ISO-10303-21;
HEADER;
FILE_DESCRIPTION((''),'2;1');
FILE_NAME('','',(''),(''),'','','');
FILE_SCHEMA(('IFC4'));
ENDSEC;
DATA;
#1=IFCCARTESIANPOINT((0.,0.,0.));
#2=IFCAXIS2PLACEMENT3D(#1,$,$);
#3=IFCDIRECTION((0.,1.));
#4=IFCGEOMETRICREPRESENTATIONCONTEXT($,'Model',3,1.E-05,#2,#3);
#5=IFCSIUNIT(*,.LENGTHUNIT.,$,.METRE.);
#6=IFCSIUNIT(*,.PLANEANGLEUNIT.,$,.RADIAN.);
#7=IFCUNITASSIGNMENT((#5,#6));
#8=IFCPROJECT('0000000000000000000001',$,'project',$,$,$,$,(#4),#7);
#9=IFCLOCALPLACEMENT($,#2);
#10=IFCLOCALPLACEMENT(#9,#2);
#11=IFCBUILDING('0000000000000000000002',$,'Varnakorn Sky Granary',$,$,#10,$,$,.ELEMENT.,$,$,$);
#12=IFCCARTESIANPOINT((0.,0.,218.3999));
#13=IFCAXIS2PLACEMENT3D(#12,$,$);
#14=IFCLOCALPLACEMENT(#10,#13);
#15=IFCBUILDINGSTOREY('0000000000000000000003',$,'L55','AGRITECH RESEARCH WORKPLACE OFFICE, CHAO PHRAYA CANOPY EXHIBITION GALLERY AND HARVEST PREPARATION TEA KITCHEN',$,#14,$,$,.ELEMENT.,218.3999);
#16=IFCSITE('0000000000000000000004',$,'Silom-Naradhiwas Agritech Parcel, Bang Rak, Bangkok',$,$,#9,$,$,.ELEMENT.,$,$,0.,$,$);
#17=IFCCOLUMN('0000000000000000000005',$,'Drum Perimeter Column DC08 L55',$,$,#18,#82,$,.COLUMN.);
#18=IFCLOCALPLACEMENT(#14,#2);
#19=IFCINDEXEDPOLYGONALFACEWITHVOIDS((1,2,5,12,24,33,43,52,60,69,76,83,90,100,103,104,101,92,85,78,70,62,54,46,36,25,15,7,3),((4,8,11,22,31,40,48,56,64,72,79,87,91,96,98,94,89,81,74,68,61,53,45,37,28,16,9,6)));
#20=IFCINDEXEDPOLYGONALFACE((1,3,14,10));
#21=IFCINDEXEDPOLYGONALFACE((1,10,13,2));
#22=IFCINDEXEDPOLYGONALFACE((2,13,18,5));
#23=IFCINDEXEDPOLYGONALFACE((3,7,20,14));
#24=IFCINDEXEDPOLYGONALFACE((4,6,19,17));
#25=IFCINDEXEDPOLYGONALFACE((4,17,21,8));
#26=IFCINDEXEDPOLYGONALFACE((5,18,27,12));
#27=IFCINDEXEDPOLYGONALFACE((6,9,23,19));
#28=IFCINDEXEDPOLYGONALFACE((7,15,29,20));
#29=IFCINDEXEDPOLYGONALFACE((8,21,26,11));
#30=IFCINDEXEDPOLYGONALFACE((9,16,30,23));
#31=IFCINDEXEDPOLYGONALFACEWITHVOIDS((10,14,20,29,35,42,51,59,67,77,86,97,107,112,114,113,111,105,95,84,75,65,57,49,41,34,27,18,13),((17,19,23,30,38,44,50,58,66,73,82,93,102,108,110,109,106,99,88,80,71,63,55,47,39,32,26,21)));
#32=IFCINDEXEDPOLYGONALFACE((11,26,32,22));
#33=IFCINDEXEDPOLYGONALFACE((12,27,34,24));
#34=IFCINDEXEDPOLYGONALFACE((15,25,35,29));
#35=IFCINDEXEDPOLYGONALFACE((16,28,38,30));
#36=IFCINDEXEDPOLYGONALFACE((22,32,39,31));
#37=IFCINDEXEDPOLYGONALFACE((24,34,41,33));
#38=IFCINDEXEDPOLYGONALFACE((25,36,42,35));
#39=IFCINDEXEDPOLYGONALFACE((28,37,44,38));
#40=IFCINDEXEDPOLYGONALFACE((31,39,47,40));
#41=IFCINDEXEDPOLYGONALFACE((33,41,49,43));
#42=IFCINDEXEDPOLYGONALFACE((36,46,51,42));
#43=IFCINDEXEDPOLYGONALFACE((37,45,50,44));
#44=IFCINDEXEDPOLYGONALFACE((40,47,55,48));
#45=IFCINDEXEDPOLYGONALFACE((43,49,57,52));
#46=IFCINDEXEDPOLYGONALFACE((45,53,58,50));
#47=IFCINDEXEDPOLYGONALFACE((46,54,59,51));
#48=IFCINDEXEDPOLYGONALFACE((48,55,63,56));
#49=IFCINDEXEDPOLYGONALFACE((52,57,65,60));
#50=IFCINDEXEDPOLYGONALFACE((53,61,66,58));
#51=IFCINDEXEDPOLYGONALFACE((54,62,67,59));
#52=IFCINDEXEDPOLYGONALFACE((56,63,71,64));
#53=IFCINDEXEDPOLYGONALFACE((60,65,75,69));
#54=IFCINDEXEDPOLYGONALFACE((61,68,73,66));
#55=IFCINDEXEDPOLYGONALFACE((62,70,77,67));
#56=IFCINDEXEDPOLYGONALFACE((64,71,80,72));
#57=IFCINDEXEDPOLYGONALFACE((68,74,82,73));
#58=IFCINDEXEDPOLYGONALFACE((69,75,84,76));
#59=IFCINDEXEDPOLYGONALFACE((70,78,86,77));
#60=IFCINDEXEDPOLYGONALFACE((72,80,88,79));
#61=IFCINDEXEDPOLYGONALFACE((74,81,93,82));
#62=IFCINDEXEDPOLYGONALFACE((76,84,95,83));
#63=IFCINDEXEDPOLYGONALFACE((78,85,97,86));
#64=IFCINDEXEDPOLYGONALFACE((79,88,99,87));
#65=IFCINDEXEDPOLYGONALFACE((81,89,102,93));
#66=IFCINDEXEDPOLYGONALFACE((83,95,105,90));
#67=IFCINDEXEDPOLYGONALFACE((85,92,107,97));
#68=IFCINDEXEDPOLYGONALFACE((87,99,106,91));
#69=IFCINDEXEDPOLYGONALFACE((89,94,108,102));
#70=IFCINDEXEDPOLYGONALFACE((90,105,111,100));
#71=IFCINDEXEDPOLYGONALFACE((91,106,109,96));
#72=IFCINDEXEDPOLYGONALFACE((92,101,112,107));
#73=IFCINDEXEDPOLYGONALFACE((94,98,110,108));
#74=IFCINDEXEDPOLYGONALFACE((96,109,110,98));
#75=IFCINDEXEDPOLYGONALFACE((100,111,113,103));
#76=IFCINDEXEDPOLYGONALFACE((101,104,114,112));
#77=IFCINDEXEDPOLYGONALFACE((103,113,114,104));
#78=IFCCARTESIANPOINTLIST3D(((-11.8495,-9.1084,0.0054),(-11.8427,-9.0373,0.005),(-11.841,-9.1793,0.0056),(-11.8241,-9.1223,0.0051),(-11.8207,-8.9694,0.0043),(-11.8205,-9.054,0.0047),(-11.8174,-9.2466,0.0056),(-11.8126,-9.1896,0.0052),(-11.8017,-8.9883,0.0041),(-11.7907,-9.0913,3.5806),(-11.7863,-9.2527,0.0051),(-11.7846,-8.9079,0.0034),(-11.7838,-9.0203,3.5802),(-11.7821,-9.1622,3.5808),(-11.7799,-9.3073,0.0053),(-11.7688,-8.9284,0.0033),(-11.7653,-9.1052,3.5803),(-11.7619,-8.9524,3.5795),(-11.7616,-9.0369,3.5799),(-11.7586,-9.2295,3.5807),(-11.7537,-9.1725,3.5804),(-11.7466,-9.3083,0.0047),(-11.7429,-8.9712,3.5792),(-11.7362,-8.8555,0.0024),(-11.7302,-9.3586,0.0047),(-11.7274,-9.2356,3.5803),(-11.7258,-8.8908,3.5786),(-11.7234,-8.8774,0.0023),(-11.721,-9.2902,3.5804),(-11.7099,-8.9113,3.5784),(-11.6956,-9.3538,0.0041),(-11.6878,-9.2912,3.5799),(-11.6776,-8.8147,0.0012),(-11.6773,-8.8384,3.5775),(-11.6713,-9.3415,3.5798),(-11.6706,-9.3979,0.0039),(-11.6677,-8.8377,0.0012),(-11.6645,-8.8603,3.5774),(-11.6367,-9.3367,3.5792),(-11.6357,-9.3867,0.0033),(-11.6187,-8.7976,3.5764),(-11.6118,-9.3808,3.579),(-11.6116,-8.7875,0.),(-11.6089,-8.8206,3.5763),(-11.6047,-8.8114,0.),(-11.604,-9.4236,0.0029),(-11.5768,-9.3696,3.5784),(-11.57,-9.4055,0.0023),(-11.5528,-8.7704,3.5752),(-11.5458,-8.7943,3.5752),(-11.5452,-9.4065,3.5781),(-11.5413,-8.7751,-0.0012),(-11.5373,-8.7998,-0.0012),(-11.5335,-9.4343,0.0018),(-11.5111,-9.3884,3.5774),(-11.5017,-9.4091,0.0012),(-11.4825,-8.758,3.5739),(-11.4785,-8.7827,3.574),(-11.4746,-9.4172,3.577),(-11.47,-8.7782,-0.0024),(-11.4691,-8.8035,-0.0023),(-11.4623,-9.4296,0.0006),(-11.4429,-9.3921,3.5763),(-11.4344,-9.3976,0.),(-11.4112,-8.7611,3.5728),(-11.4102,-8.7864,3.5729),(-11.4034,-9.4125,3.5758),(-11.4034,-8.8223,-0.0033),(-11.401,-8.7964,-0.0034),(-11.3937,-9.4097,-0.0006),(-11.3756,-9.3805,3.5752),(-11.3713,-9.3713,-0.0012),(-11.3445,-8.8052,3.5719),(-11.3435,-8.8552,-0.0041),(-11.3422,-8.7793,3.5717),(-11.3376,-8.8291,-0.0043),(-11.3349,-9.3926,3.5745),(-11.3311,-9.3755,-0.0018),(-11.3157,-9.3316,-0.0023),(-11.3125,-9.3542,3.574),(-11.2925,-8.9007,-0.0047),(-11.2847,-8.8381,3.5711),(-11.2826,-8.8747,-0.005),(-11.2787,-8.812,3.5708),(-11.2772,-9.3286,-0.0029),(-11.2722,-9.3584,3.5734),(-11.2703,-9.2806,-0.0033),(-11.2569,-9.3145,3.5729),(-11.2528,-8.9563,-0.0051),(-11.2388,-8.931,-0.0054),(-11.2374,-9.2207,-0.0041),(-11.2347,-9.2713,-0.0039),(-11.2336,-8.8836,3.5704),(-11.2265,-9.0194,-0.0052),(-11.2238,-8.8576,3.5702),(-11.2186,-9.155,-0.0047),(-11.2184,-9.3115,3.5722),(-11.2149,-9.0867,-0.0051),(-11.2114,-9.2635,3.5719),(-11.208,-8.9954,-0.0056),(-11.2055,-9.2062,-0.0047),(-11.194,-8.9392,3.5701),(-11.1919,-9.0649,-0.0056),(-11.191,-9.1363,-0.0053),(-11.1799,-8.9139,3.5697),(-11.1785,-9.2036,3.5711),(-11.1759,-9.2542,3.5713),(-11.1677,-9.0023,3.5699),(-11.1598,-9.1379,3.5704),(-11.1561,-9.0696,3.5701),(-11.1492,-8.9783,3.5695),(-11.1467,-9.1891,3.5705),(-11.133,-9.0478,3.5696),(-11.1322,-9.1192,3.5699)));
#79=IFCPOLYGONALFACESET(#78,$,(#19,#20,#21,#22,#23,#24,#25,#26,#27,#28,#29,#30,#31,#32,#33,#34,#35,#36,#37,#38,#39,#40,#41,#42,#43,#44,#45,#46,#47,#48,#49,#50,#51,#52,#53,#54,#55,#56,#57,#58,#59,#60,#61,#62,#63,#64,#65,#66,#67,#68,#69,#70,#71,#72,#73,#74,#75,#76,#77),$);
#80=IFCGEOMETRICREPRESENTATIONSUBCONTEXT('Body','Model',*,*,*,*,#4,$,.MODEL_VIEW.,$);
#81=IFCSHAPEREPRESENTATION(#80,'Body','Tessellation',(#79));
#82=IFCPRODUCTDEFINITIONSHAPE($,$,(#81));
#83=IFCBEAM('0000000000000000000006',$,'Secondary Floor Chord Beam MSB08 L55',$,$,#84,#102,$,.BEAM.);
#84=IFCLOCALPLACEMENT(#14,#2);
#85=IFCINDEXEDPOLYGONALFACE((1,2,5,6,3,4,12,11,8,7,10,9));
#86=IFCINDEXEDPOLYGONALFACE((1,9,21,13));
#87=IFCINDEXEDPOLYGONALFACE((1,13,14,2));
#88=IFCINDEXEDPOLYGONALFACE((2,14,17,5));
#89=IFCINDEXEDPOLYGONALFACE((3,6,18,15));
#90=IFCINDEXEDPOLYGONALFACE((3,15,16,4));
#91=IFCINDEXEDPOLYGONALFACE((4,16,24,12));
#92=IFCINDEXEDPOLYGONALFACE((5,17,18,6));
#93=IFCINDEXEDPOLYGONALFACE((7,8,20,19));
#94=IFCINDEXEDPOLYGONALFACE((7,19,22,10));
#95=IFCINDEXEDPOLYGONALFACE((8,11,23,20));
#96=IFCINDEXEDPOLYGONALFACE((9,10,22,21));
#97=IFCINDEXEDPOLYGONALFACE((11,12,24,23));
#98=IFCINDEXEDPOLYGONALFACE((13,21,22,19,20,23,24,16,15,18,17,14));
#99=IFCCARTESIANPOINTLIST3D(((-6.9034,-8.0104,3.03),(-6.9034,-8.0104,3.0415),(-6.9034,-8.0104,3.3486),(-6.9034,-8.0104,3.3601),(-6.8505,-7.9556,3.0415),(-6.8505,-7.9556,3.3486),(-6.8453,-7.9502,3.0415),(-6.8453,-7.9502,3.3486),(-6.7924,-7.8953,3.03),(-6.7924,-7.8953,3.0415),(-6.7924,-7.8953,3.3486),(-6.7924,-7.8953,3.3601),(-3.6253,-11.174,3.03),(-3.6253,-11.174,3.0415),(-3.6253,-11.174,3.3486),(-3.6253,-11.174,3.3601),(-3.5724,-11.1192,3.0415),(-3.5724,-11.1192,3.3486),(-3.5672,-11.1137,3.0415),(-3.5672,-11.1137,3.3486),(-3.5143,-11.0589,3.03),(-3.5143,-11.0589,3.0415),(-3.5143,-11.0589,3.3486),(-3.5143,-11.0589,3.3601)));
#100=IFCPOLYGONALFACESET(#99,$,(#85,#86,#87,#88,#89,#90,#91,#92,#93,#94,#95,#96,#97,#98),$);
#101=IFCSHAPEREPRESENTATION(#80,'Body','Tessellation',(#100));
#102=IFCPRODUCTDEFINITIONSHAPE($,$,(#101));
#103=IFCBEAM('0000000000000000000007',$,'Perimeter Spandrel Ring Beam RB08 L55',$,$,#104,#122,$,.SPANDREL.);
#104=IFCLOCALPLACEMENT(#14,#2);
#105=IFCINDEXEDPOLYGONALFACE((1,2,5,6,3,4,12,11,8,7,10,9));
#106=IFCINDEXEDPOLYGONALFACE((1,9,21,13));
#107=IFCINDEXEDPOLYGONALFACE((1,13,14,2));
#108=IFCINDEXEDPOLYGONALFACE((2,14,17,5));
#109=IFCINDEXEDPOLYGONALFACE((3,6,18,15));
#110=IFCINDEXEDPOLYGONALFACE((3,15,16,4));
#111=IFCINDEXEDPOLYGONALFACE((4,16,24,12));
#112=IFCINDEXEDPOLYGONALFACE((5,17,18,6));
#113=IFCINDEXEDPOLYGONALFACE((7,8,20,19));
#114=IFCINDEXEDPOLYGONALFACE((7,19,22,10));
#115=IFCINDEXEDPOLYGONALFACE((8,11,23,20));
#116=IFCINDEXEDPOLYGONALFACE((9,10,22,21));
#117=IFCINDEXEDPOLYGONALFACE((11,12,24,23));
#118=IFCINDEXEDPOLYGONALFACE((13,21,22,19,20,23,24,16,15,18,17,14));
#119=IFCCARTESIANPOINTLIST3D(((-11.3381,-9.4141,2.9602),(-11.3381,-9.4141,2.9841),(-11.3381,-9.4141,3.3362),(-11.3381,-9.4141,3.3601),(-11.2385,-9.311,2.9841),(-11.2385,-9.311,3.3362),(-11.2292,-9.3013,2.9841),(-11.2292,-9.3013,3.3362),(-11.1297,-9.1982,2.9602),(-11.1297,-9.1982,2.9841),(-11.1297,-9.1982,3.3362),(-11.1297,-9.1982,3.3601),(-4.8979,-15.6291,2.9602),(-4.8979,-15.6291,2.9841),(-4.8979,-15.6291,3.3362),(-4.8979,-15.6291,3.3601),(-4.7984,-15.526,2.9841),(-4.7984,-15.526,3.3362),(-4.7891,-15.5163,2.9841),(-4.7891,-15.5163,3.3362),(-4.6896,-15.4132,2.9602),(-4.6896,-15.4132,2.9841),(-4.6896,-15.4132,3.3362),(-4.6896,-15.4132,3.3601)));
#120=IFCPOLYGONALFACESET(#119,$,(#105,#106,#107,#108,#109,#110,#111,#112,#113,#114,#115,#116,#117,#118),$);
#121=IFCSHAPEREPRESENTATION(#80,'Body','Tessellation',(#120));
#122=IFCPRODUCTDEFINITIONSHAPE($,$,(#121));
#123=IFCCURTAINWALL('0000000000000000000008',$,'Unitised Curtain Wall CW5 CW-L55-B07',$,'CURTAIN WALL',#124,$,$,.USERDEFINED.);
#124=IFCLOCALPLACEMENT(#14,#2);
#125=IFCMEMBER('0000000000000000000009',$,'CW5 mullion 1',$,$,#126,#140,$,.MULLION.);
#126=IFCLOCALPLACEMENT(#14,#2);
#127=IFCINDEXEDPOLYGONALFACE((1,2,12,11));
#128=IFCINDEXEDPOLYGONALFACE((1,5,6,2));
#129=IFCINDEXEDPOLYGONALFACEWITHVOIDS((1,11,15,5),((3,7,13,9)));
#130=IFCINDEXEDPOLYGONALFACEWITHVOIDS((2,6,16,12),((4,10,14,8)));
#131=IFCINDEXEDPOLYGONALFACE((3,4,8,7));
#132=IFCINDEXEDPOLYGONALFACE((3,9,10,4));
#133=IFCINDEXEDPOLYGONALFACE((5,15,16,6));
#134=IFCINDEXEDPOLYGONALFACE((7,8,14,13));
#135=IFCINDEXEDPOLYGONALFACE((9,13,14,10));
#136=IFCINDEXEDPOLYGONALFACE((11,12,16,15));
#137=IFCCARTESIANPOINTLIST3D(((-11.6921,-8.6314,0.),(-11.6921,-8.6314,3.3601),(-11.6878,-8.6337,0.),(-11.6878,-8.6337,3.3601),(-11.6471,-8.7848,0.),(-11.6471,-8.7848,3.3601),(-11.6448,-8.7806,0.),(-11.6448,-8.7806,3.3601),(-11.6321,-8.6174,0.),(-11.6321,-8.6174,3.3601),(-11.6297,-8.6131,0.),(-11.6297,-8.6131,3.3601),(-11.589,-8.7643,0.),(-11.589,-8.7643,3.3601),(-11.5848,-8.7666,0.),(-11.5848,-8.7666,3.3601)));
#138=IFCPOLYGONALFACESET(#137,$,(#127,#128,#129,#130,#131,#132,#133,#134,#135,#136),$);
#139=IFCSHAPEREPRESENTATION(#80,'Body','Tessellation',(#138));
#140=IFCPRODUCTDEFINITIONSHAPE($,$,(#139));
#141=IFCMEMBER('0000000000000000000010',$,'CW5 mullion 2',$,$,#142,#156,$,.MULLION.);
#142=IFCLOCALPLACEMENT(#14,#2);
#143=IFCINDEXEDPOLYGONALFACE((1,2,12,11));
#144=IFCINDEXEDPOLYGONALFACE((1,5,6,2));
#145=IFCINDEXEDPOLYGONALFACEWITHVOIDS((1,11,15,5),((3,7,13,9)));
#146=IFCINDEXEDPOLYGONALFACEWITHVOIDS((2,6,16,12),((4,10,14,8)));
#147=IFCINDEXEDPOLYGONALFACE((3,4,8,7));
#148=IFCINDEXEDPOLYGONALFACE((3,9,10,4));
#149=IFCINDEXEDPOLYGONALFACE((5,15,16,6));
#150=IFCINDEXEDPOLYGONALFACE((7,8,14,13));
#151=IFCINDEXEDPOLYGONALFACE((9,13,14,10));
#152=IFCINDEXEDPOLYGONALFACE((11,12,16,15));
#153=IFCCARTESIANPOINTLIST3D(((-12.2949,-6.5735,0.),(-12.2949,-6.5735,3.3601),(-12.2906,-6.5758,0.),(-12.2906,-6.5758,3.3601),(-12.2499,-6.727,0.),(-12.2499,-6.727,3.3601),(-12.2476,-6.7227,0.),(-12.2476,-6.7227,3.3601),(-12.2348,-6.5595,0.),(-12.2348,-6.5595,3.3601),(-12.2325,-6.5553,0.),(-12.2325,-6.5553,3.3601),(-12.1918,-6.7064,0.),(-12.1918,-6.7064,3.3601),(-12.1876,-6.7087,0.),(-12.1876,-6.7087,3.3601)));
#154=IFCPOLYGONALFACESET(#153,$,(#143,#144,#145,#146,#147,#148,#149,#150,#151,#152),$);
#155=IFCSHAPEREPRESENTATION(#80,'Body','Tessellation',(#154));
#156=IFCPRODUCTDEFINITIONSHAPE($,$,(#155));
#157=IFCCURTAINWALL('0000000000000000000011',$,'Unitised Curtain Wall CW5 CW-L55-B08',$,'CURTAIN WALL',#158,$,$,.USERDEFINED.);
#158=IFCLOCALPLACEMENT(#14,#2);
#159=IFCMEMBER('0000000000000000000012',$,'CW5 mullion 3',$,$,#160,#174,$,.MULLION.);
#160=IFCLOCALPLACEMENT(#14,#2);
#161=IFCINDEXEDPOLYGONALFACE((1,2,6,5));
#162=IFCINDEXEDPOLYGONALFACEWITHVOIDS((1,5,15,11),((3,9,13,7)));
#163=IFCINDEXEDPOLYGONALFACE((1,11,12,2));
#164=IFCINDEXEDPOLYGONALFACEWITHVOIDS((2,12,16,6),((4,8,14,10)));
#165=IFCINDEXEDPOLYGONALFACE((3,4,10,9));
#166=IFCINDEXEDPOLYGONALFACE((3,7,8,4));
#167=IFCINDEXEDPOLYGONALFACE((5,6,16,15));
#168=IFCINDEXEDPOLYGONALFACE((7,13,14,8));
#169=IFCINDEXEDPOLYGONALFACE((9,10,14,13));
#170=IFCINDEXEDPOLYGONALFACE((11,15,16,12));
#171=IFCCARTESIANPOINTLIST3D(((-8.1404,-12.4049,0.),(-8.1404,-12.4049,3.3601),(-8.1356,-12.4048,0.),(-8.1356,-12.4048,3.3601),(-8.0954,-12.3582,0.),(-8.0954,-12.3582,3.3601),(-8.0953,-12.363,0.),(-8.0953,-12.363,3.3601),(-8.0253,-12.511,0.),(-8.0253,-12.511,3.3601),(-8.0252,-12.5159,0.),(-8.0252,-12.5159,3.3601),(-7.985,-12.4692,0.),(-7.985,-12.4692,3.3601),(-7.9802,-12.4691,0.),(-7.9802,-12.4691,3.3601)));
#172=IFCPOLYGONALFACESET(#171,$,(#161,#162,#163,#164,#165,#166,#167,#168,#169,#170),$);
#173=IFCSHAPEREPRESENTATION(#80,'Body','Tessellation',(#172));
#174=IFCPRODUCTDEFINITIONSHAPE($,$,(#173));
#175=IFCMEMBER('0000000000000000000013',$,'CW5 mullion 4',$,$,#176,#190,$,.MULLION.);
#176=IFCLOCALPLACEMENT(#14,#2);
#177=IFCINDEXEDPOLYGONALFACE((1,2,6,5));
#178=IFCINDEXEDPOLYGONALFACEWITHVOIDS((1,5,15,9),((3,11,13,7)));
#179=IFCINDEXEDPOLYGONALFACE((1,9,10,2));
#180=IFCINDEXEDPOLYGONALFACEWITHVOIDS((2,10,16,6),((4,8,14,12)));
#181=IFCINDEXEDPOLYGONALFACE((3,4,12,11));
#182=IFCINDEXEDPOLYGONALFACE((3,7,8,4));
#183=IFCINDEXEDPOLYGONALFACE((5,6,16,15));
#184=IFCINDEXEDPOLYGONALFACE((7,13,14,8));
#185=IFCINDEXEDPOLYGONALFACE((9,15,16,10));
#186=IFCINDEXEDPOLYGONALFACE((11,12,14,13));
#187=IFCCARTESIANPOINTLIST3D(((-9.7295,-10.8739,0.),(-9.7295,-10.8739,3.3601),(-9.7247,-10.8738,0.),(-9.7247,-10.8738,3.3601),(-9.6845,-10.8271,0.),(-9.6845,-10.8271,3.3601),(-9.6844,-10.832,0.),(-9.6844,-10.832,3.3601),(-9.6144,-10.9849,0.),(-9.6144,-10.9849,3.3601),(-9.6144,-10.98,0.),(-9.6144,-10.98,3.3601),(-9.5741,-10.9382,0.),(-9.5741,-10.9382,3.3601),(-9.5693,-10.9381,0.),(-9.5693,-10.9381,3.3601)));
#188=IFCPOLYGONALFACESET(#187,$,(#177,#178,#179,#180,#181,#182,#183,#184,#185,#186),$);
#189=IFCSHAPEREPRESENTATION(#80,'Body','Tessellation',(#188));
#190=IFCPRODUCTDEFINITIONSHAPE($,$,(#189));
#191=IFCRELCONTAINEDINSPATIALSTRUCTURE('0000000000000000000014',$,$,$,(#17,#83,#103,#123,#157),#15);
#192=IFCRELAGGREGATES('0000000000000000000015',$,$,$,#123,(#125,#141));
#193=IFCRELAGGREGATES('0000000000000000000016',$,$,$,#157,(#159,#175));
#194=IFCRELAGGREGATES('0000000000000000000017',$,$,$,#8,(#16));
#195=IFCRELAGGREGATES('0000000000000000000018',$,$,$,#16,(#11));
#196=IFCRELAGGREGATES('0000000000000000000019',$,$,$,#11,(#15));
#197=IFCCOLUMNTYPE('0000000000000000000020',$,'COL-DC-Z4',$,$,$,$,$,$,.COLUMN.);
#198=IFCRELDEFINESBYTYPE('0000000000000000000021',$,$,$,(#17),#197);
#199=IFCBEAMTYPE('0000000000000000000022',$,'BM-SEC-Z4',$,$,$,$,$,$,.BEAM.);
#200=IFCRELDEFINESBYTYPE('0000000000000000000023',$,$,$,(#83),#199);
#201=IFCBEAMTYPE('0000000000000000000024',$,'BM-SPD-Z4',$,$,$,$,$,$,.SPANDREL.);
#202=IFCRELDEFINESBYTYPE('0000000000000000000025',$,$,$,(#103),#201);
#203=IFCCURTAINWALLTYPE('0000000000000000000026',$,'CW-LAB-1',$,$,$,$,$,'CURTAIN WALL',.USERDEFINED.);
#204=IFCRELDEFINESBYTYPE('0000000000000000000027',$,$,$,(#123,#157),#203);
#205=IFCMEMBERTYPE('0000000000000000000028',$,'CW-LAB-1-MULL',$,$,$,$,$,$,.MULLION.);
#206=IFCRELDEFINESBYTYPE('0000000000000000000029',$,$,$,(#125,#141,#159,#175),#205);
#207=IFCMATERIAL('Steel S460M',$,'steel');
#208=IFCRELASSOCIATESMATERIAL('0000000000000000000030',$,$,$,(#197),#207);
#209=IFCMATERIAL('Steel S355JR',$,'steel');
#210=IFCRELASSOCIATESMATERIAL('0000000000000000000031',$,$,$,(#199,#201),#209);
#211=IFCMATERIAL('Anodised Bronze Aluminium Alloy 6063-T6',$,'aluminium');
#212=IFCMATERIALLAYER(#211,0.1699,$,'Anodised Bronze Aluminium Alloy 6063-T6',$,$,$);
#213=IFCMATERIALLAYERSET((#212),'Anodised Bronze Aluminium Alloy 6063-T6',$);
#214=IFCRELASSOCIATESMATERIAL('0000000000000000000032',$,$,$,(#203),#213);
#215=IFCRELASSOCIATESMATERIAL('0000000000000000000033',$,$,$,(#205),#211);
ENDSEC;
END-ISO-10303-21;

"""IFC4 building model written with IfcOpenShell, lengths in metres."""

from ifc_helpers import new_model, si_unit, direction, frame, origin, origin_2d, place, context, subcontext, project, spatial, hollow_rectangle, hollow_circle, i_section, extrude, material, layer, layer_set, material_profile, profile_set, type_object, element, aggregate, save


model = new_model("IFC4")

# Units and contexts
model_context = context("Model", 3, precision=1e-05, world=origin(), true_north=direction((0.0, 1.0)))
body_context = subcontext(model_context, "Body", "Model", "MODEL_VIEW")
ifc_project = project(units=[si_unit("LENGTHUNIT", "METRE"), si_unit("PLANEANGLEUNIT", "RADIAN")], contexts=[model_context])

# Site, building, storey
site_placement = place(None, origin())
site = spatial("IfcSite", under=ifc_project, at=site_placement, Name="Silom-Naradhiwas Agritech Parcel, Bang Rak, Bangkok", CompositionType="ELEMENT", RefElevation=0.0)
building_placement = place(site_placement, origin())
building = spatial("IfcBuilding", under=site, at=building_placement, Name="Varnakorn Sky Granary", CompositionType="ELEMENT")
storey_placement = place(building_placement, frame((0.0, 0.0, 218.3999)))
storey = spatial("IfcBuildingStorey", under=building, at=storey_placement, Name="L55", Description="AGRITECH RESEARCH WORKPLACE OFFICE, CHAO PHRAYA CANOPY EXHIBITION GALLERY AND HARVEST PREPARATION TEA KITCHEN", CompositionType="ELEMENT", Elevation=218.3999)

# Column
ifc_material_1 = material(Name="Steel S460M", Category="steel")
ifc_material_profile_1 = material_profile(ifc_material_1, hollow_circle(Radius=0.3301, WallThickness=0.0249, at=origin_2d()), Name="CHS 660x25")
ifc_profile_set_1 = profile_set([ifc_material_profile_1], Name="Steel S460M")
column_type = type_object("IfcColumnType", Name="COL-DC-Z4", PredefinedType="COLUMN", material=ifc_profile_set_1)
column_placement = place(storey_placement, frame((-11.5195, -9.1045, 0.0), z_axis=(0.016455, 0.004779, 0.999853), x_axis=(-0.278929, 0.960312, 0.0)))
element("IfcColumn", 1, at=column_placement, inside=storey, type_object=column_type, Name="Drum Perimeter Column DC08 L55", PredefinedType="COLUMN", context=body_context, shape_type="SweptSolid", body=[
    extrude(hollow_circle(Radius=0.3301, WallThickness=0.0249, at=origin_2d()), origin(), (0.0, 0.0, 1.0), 3.5757),
])

# Beams
ifc_material_2 = material(Name="Steel S355JR", Category="steel")
ifc_material_profile_2 = material_profile(ifc_material_2, i_section(OverallWidth=0.1599, OverallDepth=0.3301, WebThickness=0.0076, FlangeThickness=0.0115, at=origin_2d()), Name="IPE 330")
ifc_profile_set_2 = profile_set([ifc_material_profile_2], Name="Steel S355JR")
beam_type_1 = type_object("IfcBeamType", Name="BM-SEC-Z4", PredefinedType="BEAM", material=ifc_profile_set_2)
beam_1_placement = place(storey_placement, frame((-6.8479, -7.9529, 3.1951), z_axis=(0.719562, -0.694428, 0.0), x_axis=(0.694428, 0.719562, 0.0)))
element("IfcBeam", 2, at=beam_1_placement, inside=storey, type_object=beam_type_1, Name="Secondary Floor Chord Beam MSB08 L55", PredefinedType="BEAM", context=body_context, shape_type="SweptSolid", body=[
    extrude(i_section(OverallWidth=0.1599, OverallDepth=0.3301, WebThickness=0.0076, FlangeThickness=0.0115, at=origin_2d()), origin(), (0.0, 0.0, 1.0), 4.5557),
])
ifc_material_profile_3 = material_profile(ifc_material_2, i_section(OverallWidth=0.3, OverallDepth=0.3999, WebThickness=0.0134, FlangeThickness=0.0239, at=origin_2d()), Name="HE 400 B")
ifc_profile_set_3 = profile_set([ifc_material_profile_3], Name="Steel S355JR")
beam_type_2 = type_object("IfcBeamType", Name="BM-SPD-Z4", PredefinedType="SPANDREL", material=ifc_profile_set_3)
beam_2_placement = place(storey_placement, frame((-11.2339, -9.3062, 3.1602), z_axis=(0.71957, -0.69442, 0.0), x_axis=(0.69442, 0.71957, 0.0)))
element("IfcBeam", 3, at=beam_2_placement, inside=storey, type_object=beam_type_2, Name="Perimeter Spandrel Ring Beam RB08 L55", PredefinedType="SPANDREL", context=body_context, shape_type="SweptSolid", body=[
    extrude(i_section(OverallWidth=0.3, OverallDepth=0.3999, WebThickness=0.0134, FlangeThickness=0.0239, at=origin_2d()), origin(), (0.0, 0.0, 1.0), 8.95),
])

# Curtain walls, members
ifc_material_3 = material(Name="Anodised Bronze Aluminium Alloy 6063-T6", Category="aluminium")
ifc_layer_1 = layer(ifc_material_3, 0.1699, Name="Anodised Bronze Aluminium Alloy 6063-T6")
ifc_layer_set_1 = layer_set([ifc_layer_1], Name="Anodised Bronze Aluminium Alloy 6063-T6")
curtain_wall_type = type_object("IfcCurtainWallType", Name="CW-LAB-1", ElementType="CURTAIN WALL", PredefinedType="USERDEFINED", material=ifc_layer_set_1)
curtain_wall_1_placement = place(storey_placement, origin())
curtain_wall_1 = element("IfcCurtainWall", 4, at=curtain_wall_1_placement, inside=storey, type_object=curtain_wall_type, Name="Unitised Curtain Wall CW5 CW-L55-B07", ObjectType="CURTAIN WALL", PredefinedType="USERDEFINED")
ifc_material_profile_4 = material_profile(ifc_material_3, hollow_rectangle(XDim=0.0649, YDim=0.1599, WallThickness=0.0034, at=origin_2d()), Name="ALU MULL 65x160")
ifc_profile_set_4 = profile_set([ifc_material_profile_4], Name="Anodised Bronze Aluminium Alloy 6063-T6")
member_type_1 = type_object("IfcMemberType", Name="CW-LAB-1-MULL", PredefinedType="MULLION", material=ifc_profile_set_4)
member_1_placement = place(storey_placement, frame((-11.6384, -8.699, 0.0), z_axis=(0.0, 0.0, 1.0), x_axis=(-0.959664, -0.28115, 0.0)))
member_1 = element("IfcMember", 5, at=member_1_placement, type_object=member_type_1, Name="CW5 mullion 1", PredefinedType="MULLION", context=body_context, shape_type="SweptSolid", body=[
    extrude(hollow_rectangle(XDim=0.0649, YDim=0.1599, WallThickness=0.0034, at=origin_2d()), origin(), (0.0, 0.0, 1.0), 3.3601),
])
member_2_placement = place(storey_placement, frame((-12.2412, -6.6411, 0.0), z_axis=(0.0, 0.0, 1.0), x_axis=(-0.959664, -0.28115, 0.0)))
member_2 = element("IfcMember", 6, at=member_2_placement, type_object=member_type_1, Name="CW5 mullion 2", PredefinedType="MULLION", context=body_context, shape_type="SweptSolid", body=[
    extrude(hollow_rectangle(XDim=0.0649, YDim=0.1599, WallThickness=0.0034, at=origin_2d()), origin(), (0.0, 0.0, 1.0), 3.3601),
])
curtain_wall_2_placement = place(storey_placement, origin())
curtain_wall_2 = element("IfcCurtainWall", 7, at=curtain_wall_2_placement, inside=storey, type_object=curtain_wall_type, Name="Unitised Curtain Wall CW5 CW-L55-B08", ObjectType="CURTAIN WALL", PredefinedType="USERDEFINED")
member_3_placement = place(storey_placement, frame((-8.0603, -12.437, 0.0), z_axis=(0.0, 0.0, 1.0), x_axis=(-0.693785, -0.720182, 0.0)))
member_3 = element("IfcMember", 8, at=member_3_placement, type_object=member_type_1, Name="CW5 mullion 3", PredefinedType="MULLION", context=body_context, shape_type="SweptSolid", body=[
    extrude(hollow_rectangle(XDim=0.0649, YDim=0.1599, WallThickness=0.0034, at=origin_2d()), origin(), (0.0, 0.0, 1.0), 3.3601),
])
member_4_placement = place(storey_placement, frame((-9.6494, -10.906, 0.0), z_axis=(0.0, 0.0, 1.0), x_axis=(-0.693785, -0.720182, 0.0)))
member_4 = element("IfcMember", 9, at=member_4_placement, type_object=member_type_1, Name="CW5 mullion 4", PredefinedType="MULLION", context=body_context, shape_type="SweptSolid", body=[
    extrude(hollow_rectangle(XDim=0.0649, YDim=0.1599, WallThickness=0.0034, at=origin_2d()), origin(), (0.0, 0.0, 1.0), 3.3601),
])

aggregate(curtain_wall_1, [member_1, member_2])
aggregate(curtain_wall_2, [member_3, member_4])

save(model, "model.ifc")
